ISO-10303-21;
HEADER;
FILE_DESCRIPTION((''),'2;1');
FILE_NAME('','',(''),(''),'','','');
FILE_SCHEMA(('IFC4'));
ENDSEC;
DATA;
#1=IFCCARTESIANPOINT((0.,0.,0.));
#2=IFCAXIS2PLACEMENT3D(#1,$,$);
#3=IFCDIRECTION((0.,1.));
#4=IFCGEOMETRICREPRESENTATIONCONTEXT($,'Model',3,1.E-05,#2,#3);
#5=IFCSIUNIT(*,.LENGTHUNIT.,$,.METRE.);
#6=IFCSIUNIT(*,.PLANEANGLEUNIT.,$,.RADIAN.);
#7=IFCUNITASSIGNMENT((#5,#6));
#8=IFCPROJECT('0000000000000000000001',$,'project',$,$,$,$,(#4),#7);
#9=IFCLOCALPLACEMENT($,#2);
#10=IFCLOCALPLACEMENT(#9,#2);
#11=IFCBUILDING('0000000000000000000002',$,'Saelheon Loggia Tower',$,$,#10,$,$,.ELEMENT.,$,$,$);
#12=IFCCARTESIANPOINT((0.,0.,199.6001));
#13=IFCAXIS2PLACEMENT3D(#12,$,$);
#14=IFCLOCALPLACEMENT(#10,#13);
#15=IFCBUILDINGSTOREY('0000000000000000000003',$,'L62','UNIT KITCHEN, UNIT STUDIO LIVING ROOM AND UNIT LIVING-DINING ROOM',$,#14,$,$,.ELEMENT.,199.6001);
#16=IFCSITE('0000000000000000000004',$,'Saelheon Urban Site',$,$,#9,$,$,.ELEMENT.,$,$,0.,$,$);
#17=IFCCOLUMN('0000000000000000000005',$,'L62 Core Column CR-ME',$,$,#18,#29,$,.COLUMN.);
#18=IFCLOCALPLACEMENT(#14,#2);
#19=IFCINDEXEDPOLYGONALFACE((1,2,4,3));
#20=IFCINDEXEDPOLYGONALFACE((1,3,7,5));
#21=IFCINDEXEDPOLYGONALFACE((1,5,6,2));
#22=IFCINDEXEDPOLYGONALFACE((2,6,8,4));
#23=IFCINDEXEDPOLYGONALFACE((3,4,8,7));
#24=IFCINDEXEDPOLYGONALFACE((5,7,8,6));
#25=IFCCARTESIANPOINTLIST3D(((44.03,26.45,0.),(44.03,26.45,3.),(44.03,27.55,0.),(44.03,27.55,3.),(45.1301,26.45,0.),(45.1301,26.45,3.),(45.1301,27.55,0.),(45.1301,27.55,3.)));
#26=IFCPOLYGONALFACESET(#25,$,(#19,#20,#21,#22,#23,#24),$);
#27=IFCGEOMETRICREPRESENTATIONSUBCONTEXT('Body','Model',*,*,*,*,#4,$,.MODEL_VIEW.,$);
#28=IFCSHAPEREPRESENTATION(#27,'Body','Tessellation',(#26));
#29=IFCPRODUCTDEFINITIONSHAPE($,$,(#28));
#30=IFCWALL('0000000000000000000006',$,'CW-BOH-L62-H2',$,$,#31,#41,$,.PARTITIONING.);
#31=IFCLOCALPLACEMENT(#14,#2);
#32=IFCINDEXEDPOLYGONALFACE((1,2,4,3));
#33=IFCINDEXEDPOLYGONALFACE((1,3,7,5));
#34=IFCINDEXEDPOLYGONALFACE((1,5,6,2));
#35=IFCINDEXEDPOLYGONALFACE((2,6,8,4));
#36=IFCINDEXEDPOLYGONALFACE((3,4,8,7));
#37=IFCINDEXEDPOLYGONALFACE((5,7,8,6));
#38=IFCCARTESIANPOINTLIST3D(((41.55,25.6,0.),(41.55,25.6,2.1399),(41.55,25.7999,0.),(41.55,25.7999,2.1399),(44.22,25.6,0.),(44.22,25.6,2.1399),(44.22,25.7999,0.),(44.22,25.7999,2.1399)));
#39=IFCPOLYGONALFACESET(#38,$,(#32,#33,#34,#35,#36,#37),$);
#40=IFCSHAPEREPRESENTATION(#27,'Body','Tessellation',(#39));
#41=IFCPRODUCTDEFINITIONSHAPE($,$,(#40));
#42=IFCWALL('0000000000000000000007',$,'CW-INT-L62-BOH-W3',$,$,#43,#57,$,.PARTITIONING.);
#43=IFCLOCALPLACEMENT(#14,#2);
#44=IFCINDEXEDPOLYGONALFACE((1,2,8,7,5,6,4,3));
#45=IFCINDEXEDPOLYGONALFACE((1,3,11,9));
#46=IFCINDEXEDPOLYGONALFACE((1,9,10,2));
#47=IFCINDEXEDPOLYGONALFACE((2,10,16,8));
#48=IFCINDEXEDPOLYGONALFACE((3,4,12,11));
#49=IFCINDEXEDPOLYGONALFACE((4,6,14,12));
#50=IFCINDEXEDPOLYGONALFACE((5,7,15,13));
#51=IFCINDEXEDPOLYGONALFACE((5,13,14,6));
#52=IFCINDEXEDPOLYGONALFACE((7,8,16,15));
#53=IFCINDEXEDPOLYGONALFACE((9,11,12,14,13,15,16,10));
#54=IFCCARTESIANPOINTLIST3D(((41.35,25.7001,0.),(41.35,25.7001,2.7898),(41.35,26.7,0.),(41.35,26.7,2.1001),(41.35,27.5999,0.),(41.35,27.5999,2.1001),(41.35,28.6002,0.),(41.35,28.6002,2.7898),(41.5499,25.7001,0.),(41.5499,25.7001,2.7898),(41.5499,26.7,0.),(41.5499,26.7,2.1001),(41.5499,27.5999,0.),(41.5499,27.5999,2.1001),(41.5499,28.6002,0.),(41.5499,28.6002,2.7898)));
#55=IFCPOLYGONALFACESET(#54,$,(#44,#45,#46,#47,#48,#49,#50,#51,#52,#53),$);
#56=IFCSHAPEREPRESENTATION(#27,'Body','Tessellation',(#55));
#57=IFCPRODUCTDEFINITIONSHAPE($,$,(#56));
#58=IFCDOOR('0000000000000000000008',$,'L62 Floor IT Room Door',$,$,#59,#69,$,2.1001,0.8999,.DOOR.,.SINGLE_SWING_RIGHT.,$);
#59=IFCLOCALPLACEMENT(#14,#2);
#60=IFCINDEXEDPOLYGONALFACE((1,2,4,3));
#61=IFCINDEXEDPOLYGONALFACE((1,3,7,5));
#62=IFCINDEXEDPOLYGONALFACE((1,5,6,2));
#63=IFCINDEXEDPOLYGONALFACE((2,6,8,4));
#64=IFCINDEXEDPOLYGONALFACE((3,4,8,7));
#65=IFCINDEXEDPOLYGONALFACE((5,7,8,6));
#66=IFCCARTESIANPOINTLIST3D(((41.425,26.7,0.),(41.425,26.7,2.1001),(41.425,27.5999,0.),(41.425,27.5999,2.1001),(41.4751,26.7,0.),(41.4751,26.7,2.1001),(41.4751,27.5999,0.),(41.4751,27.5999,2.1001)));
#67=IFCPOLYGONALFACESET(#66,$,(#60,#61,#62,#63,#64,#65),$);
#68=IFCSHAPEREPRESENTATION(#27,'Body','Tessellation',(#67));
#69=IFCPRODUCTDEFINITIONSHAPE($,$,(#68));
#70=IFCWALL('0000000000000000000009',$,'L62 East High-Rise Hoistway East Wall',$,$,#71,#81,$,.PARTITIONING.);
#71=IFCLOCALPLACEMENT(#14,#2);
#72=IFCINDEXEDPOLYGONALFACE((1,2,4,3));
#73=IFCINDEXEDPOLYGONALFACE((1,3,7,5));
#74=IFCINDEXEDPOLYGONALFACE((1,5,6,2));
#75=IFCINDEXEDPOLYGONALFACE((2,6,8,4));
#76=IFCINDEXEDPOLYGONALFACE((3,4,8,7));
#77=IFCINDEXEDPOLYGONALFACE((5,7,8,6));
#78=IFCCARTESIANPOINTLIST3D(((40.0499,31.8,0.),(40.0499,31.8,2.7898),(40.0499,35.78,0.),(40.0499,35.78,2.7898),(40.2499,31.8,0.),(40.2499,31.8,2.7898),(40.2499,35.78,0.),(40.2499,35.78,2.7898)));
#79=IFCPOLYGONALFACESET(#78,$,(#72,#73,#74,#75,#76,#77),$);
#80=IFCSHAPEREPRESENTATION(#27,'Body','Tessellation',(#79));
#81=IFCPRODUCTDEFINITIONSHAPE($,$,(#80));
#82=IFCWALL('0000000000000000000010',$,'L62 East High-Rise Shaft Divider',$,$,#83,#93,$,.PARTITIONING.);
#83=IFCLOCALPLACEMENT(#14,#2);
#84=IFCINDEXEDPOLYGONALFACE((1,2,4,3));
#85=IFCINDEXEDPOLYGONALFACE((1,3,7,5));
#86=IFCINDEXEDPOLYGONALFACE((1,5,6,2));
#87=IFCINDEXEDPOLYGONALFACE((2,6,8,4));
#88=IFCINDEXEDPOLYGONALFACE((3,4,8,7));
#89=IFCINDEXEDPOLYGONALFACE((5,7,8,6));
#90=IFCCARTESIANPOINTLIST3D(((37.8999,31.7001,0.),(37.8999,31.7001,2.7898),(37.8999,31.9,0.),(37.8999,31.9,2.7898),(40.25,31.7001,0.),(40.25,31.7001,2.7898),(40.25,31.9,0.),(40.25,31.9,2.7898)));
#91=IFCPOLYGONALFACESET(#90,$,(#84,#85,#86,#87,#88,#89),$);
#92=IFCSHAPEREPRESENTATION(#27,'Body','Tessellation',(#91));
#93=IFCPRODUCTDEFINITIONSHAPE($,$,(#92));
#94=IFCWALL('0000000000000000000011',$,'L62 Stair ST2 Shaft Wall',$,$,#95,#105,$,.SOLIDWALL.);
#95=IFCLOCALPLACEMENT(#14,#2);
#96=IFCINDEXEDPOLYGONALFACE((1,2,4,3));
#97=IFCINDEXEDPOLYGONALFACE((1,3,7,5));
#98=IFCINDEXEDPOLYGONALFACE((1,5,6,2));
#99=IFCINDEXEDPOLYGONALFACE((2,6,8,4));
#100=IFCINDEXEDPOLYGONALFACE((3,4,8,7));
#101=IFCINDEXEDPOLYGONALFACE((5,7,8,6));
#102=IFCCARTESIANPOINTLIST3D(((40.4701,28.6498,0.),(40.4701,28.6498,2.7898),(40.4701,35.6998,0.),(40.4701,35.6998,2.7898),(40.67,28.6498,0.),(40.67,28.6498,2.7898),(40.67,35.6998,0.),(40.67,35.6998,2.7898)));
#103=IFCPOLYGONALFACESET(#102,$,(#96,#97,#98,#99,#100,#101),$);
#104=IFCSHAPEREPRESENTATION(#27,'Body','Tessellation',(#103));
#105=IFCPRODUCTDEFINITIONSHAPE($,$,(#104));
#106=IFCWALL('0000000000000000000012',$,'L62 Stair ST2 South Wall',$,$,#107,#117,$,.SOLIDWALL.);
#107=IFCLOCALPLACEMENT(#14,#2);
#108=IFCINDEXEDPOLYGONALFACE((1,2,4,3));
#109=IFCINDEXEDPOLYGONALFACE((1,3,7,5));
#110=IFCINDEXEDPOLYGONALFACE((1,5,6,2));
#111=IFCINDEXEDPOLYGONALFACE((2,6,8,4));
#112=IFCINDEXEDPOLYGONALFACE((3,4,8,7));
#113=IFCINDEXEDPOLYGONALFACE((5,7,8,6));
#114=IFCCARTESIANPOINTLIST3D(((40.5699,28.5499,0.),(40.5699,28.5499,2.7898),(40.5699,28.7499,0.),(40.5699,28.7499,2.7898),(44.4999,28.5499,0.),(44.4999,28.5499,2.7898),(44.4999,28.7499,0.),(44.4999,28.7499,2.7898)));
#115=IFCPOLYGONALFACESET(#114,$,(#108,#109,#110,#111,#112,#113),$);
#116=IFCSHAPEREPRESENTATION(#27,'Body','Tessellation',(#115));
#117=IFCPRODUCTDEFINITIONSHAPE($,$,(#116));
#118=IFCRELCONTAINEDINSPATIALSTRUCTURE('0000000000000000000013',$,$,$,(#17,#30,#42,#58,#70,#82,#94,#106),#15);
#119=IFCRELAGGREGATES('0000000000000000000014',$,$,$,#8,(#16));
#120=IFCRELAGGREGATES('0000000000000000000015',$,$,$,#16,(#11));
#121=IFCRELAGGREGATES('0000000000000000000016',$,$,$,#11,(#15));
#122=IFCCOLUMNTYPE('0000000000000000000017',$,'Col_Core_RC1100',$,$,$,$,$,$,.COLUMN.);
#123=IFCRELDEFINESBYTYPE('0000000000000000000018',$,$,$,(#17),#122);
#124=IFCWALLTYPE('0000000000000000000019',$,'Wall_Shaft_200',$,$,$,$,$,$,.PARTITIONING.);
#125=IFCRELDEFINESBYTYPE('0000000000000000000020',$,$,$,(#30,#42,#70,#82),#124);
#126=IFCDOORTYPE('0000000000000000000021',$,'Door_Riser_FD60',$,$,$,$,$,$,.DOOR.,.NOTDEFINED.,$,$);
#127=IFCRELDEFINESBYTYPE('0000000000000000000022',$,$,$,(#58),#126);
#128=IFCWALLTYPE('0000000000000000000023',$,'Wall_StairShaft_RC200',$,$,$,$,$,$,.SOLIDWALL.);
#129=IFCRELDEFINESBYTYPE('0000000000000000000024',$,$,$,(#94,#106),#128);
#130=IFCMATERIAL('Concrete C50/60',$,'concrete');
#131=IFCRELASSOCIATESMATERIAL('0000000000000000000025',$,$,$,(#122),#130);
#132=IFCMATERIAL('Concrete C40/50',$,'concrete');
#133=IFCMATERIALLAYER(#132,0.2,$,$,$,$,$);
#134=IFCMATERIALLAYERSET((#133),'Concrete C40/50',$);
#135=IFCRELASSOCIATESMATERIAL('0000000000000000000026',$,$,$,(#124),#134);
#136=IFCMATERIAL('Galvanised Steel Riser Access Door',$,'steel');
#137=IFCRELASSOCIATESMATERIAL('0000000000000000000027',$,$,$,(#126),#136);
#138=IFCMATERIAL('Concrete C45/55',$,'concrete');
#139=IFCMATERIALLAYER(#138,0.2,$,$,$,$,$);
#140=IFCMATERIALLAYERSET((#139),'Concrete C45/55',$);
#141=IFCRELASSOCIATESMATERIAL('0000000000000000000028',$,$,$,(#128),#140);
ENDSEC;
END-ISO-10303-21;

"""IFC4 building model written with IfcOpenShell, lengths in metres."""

from ifc_helpers import new_model, si_unit, direction, frame, frame_2d, origin, origin_2d, place, context, subcontext, project, spatial, rectangle, extrude, source, transform, mapped, material, layer, layer_set, material_profile, profile_set, type_object, element, fill, save


model = new_model("IFC4")

# Units and contexts
model_context = context("Model", 3, precision=1e-05, world=origin(), true_north=direction((0.0, 1.0)))
body_context = subcontext(model_context, "Body", "Model", "MODEL_VIEW")
ifc_project = project(units=[si_unit("LENGTHUNIT", "METRE"), si_unit("PLANEANGLEUNIT", "RADIAN")], contexts=[model_context])

# Site, building, storey
site_placement = place(None, origin())
site = spatial("IfcSite", under=ifc_project, at=site_placement, Name="Saelheon Urban Site", CompositionType="ELEMENT", RefElevation=0.0)
building_placement = place(site_placement, origin())
building = spatial("IfcBuilding", under=site, at=building_placement, Name="Saelheon Loggia Tower", CompositionType="ELEMENT")
storey_placement = place(building_placement, frame((0.0, 0.0, 199.6001)))
storey = spatial("IfcBuildingStorey", under=building, at=storey_placement, Name="L62", Description="UNIT KITCHEN, UNIT STUDIO LIVING ROOM AND UNIT LIVING-DINING ROOM", CompositionType="ELEMENT", Elevation=199.6001)

# Column
ifc_material_1 = material(Name="Concrete C50/60", Category="concrete")
ifc_material_profile = material_profile(ifc_material_1, rectangle(XDim=1.1001, YDim=1.1001, at=origin_2d()), Name="RC-1100x1100")
ifc_profile_set = profile_set([ifc_material_profile], Name="Concrete C50/60")
column_type = type_object("IfcColumnType", Name="Col_Core_RC1100", PredefinedType="COLUMN", material=ifc_profile_set)
shared_shape_1 = source(origin(), body_context, "Body", "SweptSolid", [
    extrude(rectangle(XDim=1.1001, YDim=1.1001, at=origin_2d()), origin(), (0.0, 0.0, 1.0), 3.0),
])
column_placement = place(storey_placement, frame((44.5801, 27.0, 0.0), z_axis=(0.0, 0.0, 1.0), x_axis=(1.0, 0.0, 0.0)))
element("IfcColumn", 1, at=column_placement, inside=storey, type_object=column_type, Name="L62 Core Column CR-ME", PredefinedType="COLUMN", context=body_context, shape_type="MappedRepresentation", body=[
    mapped(shared_shape_1, transform((0.0, 0.0, 0.0), scale=1.0)),
])

# Wall
ifc_material_2 = material(Name="Concrete C40/50", Category="concrete")
ifc_layer_1 = layer(ifc_material_2, 0.2)
ifc_layer_set_1 = layer_set([ifc_layer_1], Name="Concrete C40/50")
wall_type_1 = type_object("IfcWallType", Name="Wall_Shaft_200", PredefinedType="PARTITIONING", material=ifc_layer_set_1)
wall_1_placement = place(storey_placement, frame((41.55, 25.7, 0.0), z_axis=(0.0, 0.0, 1.0), x_axis=(1.0, 0.0, 0.0)))
element("IfcWall", 2, at=wall_1_placement, inside=storey, type_object=wall_type_1, Name="CW-BOH-L62-H2", PredefinedType="PARTITIONING", context=body_context, shape_type="SweptSolid", body=[
    extrude(rectangle(XDim=2.6699, YDim=0.2, at=frame_2d((1.335, 0.0))), origin(), (0.0, 0.0, 1.0), 2.1399),
])

# Wall, opening, door
wall_2_placement = place(storey_placement, frame((41.45, 25.7, 0.0), z_axis=(0.0, 0.0, 1.0), x_axis=(0.0, 1.0, 0.0)))
wall_2 = element("IfcWall", 3, at=wall_2_placement, inside=storey, type_object=wall_type_1, Name="CW-INT-L62-BOH-W3", PredefinedType="PARTITIONING", context=body_context, shape_type="SweptSolid", body=[
    extrude(rectangle(XDim=2.9001, YDim=0.2, at=frame_2d((1.4502, 0.0))), origin(), (0.0, 0.0, 1.0), 2.7898),
])
opening_placement = place(wall_2_placement, frame((1.0, 0.0, 0.0)))
opening = element("IfcOpeningElement", 4, at=opening_placement, cuts=wall_2, PredefinedType="OPENING", context=body_context, shape_type="SweptSolid", body=[
    extrude(rectangle(XDim=0.8999, YDim=2.1001, at=frame_2d((0.45, 1.05))), frame((0.0, 0.1121, 0.0), z_axis=(0.0, -1.0, 0.0), x_axis=(1.0, 0.0, 0.0)), (0.0, 0.0, 1.0), 0.2239),
])
ifc_material_3 = material(Name="Galvanised Steel Riser Access Door", Category="steel")
door_type = type_object("IfcDoorType", Name="Door_Riser_FD60", OperationType="NOTDEFINED", PredefinedType="DOOR", material=ifc_material_3)
shared_shape_2 = source(origin(), body_context, "Body", "SweptSolid", [
    extrude(rectangle(XDim=0.8999, YDim=2.1001, at=frame_2d((0.45, 1.05))), frame((0.0, 0.0249, 0.0), z_axis=(0.0, -1.0, 0.0), x_axis=(1.0, 0.0, 0.0)), (0.0, 0.0, 1.0), 0.05),
])
door_placement = place(opening_placement, origin())
door = element("IfcDoor", 5, at=door_placement, inside=storey, type_object=door_type, Name="L62 Floor IT Room Door", OperationType="SINGLE_SWING_RIGHT", OverallHeight=2.1001, OverallWidth=0.8999, PredefinedType="DOOR", context=body_context, shape_type="MappedRepresentation", body=[
    mapped(shared_shape_2, transform((0.0, 0.0, 0.0), scale=1.0)),
])
fill(opening, door)

# Walls
wall_3_placement = place(storey_placement, frame((40.1499, 31.8, 0.0), z_axis=(0.0, 0.0, 1.0), x_axis=(0.0, 1.0, 0.0)))
element("IfcWall", 6, at=wall_3_placement, inside=storey, type_object=wall_type_1, Name="L62 East High-Rise Hoistway East Wall", PredefinedType="PARTITIONING", context=body_context, shape_type="SweptSolid", body=[
    extrude(rectangle(XDim=3.98, YDim=0.2, at=frame_2d((1.99, 0.0))), origin(), (0.0, 0.0, 1.0), 2.7898),
])
wall_4_placement = place(storey_placement, frame((37.8999, 31.8, 0.0), z_axis=(0.0, 0.0, 1.0), x_axis=(1.0, 0.0, 0.0)))
element("IfcWall", 7, at=wall_4_placement, inside=storey, type_object=wall_type_1, Name="L62 East High-Rise Shaft Divider", PredefinedType="PARTITIONING", context=body_context, shape_type="SweptSolid", body=[
    extrude(rectangle(XDim=2.3501, YDim=0.2, at=frame_2d((1.175, 0.0))), origin(), (0.0, 0.0, 1.0), 2.7898),
])
ifc_material_4 = material(Name="Concrete C45/55", Category="concrete")
ifc_layer_2 = layer(ifc_material_4, 0.2)
ifc_layer_set_2 = layer_set([ifc_layer_2], Name="Concrete C45/55")
wall_type_2 = type_object("IfcWallType", Name="Wall_StairShaft_RC200", PredefinedType="SOLIDWALL", material=ifc_layer_set_2)
wall_5_placement = place(storey_placement, frame((40.5701, 28.6499, 0.0), z_axis=(0.0, 0.0, 1.0), x_axis=(0.0, 1.0, 0.0)))
element("IfcWall", 8, at=wall_5_placement, inside=storey, type_object=wall_type_2, Name="L62 Stair ST2 Shaft Wall", PredefinedType="SOLIDWALL", context=body_context, shape_type="SweptSolid", body=[
    extrude(rectangle(XDim=7.05, YDim=0.2, at=frame_2d((3.5249, 0.0))), origin(), (0.0, 0.0, 1.0), 2.7898),
])
wall_6_placement = place(storey_placement, frame((40.5701, 28.6499, 0.0), z_axis=(0.0, 0.0, 1.0), x_axis=(1.0, 0.0, 0.0)))
element("IfcWall", 9, at=wall_6_placement, inside=storey, type_object=wall_type_2, Name="L62 Stair ST2 South Wall", PredefinedType="SOLIDWALL", context=body_context, shape_type="SweptSolid", body=[
    extrude(rectangle(XDim=3.9299, YDim=0.2, at=frame_2d((1.9648, 0.0))), origin(), (0.0, 0.0, 1.0), 2.7898),
])

save(model, "model.ifc")
